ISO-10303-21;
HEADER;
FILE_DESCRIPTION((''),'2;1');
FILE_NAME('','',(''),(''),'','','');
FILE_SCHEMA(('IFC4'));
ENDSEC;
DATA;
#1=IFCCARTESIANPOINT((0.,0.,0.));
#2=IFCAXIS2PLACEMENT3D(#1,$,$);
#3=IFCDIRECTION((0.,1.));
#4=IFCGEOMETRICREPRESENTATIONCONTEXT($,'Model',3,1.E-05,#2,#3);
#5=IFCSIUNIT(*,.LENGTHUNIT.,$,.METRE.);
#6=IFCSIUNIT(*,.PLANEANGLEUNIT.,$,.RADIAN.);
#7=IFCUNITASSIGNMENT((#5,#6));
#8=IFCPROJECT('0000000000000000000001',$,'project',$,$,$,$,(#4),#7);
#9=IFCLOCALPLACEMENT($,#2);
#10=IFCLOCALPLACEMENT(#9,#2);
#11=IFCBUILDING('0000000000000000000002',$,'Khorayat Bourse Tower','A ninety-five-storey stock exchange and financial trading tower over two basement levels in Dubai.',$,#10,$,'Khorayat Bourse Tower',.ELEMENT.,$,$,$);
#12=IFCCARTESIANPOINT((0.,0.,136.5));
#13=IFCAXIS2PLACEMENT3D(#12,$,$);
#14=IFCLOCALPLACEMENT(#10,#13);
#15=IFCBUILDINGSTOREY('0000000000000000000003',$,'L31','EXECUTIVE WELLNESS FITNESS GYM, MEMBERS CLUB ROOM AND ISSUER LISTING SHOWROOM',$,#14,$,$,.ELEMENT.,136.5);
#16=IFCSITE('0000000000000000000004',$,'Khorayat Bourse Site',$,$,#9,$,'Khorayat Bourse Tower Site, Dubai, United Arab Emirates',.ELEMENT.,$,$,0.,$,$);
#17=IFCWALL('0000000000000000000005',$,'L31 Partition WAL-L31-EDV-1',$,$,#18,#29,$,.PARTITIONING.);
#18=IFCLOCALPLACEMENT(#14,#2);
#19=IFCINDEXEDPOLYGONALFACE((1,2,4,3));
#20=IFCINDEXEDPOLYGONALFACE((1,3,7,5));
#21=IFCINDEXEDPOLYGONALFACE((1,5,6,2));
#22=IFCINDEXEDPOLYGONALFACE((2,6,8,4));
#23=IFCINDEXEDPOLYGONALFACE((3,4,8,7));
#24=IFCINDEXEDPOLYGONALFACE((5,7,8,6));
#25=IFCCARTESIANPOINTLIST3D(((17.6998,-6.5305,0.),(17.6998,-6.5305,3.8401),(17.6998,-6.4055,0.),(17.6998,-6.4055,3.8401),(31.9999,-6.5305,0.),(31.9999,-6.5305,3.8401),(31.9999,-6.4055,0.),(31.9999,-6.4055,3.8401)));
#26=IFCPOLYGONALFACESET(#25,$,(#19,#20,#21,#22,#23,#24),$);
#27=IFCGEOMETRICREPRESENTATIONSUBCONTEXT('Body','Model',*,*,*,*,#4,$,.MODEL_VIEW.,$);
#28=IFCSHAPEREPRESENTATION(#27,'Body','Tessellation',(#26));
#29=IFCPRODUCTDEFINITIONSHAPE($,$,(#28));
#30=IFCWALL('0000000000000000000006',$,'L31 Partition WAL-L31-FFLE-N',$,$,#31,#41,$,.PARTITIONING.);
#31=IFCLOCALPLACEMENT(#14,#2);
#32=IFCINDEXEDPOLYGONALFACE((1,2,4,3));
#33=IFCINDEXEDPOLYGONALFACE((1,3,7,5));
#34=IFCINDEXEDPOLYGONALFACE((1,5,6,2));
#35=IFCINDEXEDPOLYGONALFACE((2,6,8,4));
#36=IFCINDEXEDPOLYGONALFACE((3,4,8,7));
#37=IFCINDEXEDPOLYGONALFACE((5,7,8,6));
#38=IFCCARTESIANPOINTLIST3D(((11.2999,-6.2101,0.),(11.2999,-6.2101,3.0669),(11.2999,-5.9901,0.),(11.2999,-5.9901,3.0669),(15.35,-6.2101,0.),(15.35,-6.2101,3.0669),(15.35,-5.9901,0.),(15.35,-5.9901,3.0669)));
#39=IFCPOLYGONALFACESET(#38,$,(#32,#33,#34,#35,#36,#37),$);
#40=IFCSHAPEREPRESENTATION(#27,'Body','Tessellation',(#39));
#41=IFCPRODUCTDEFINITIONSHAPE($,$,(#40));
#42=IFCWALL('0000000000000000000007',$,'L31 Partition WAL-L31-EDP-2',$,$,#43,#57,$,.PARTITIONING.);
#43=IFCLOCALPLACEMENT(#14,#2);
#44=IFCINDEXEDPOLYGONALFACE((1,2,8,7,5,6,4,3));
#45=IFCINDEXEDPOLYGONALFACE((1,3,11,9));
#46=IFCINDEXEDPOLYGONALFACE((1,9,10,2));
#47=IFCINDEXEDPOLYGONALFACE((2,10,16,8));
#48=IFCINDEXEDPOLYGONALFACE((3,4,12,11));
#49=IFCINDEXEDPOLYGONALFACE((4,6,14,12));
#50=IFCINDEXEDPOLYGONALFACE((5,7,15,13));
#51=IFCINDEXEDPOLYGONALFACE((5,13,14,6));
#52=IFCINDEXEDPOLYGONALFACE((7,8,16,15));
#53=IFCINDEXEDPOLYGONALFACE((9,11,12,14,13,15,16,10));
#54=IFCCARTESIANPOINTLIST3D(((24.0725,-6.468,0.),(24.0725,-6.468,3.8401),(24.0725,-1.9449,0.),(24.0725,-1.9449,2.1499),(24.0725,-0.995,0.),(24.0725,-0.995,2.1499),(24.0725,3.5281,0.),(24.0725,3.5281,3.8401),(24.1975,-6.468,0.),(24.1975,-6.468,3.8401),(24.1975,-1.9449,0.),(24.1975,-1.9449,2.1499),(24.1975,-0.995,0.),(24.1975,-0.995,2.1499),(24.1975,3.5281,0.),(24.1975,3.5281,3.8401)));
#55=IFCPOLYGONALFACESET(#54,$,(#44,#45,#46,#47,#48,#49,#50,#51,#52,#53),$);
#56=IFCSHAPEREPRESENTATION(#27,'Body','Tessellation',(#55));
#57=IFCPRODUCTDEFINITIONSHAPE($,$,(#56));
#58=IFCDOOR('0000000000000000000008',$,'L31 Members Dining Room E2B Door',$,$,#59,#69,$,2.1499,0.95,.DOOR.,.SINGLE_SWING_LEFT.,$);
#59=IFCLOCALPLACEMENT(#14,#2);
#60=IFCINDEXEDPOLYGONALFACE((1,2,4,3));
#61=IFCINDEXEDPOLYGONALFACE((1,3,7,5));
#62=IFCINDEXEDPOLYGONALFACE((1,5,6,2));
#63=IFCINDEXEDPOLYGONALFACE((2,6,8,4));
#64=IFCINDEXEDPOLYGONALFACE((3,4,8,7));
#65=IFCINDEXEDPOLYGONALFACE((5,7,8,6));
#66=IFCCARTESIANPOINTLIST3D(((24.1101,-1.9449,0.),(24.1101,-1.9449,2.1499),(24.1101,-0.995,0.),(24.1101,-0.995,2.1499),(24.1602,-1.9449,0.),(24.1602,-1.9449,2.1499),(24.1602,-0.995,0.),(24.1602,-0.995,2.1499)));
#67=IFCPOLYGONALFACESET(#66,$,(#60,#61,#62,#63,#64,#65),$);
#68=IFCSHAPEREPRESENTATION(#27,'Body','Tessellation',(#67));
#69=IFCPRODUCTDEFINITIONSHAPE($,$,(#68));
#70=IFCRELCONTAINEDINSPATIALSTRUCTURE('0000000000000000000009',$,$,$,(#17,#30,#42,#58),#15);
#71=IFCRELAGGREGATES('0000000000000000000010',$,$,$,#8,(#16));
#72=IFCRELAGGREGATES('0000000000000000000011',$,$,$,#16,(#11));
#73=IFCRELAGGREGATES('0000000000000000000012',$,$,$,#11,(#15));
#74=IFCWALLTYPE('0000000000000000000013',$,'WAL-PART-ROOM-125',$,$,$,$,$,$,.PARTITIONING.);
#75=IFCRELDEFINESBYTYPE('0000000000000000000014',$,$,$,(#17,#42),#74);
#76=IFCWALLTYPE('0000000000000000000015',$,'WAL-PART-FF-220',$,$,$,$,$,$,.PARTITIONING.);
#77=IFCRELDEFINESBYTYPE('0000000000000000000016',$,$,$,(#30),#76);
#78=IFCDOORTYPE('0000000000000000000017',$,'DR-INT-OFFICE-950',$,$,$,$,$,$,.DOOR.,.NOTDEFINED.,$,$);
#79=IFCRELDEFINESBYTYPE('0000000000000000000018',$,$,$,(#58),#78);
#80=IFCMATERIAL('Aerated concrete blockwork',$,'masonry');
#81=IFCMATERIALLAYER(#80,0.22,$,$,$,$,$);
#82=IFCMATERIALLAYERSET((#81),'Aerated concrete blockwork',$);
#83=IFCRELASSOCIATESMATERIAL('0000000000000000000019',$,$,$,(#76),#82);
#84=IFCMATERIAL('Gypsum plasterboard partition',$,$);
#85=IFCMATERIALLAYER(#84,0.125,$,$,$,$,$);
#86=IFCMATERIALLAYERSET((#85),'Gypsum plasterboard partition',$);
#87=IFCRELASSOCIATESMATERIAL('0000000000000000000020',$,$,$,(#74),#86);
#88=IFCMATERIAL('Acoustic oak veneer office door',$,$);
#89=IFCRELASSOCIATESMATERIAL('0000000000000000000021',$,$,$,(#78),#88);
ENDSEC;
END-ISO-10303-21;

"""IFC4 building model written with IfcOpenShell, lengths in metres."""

from ifc_helpers import new_model, si_unit, direction, frame, frame_2d, origin, place, context, subcontext, project, spatial, rectangle, extrude, source, transform, mapped, material, layer, layer_set, type_object, element, fill, save


model = new_model("IFC4")

# Units and contexts
model_context = context("Model", 3, precision=1e-05, world=origin(), true_north=direction((0.0, 1.0)))
body_context = subcontext(model_context, "Body", "Model", "MODEL_VIEW")
ifc_project = project(units=[si_unit("LENGTHUNIT", "METRE"), si_unit("PLANEANGLEUNIT", "RADIAN")], contexts=[model_context])

# Site, building, storey
site_placement = place(None, origin())
site = spatial("IfcSite", under=ifc_project, at=site_placement, Name="Khorayat Bourse Site", LongName="Khorayat Bourse Tower Site, Dubai, United Arab Emirates", CompositionType="ELEMENT", RefElevation=0.0)
building_placement = place(site_placement, origin())
building = spatial("IfcBuilding", under=site, at=building_placement, Name="Khorayat Bourse Tower", Description="A ninety-five-storey stock exchange and financial trading tower over two basement levels in Dubai.", LongName="Khorayat Bourse Tower", CompositionType="ELEMENT")
storey_placement = place(building_placement, frame((0.0, 0.0, 136.5)))
storey = spatial("IfcBuildingStorey", under=building, at=storey_placement, Name="L31", Description="EXECUTIVE WELLNESS FITNESS GYM, MEMBERS CLUB ROOM AND ISSUER LISTING SHOWROOM", CompositionType="ELEMENT", Elevation=136.5)

# Shared definitions
ifc_material_1 = material(Name="Aerated concrete blockwork", Category="masonry")
ifc_layer_1 = layer(ifc_material_1, 0.22)
ifc_layer_set_1 = layer_set([ifc_layer_1], Name="Aerated concrete blockwork")
wall_type_1 = type_object("IfcWallType", Name="WAL-PART-FF-220", PredefinedType="PARTITIONING", material=ifc_layer_set_1)

# Walls
ifc_material_2 = material(Name="Gypsum plasterboard partition")
ifc_layer_2 = layer(ifc_material_2, 0.125)
ifc_layer_set_2 = layer_set([ifc_layer_2], Name="Gypsum plasterboard partition")
wall_type_2 = type_object("IfcWallType", Name="WAL-PART-ROOM-125", PredefinedType="PARTITIONING", material=ifc_layer_set_2)
shared_shape_1 = source(origin(), body_context, "Body", "SweptSolid", [
    extrude(rectangle(XDim=14.3, YDim=0.125, at=frame_2d((7.1499, 0.0))), origin(), (0.0, 0.0, 1.0), 3.8401),
])
wall_1_placement = place(storey_placement, frame((17.7, -6.468, 0.0), z_axis=(0.0, 0.0, 1.0), x_axis=(1.0, 0.0, 0.0)))
element("IfcWall", 1, at=wall_1_placement, inside=storey, type_object=wall_type_2, Name="L31 Partition WAL-L31-EDV-1", PredefinedType="PARTITIONING", context=body_context, shape_type="MappedRepresentation", body=[
    mapped(shared_shape_1, transform((0.0, 0.0, 0.0), scale=1.0)),
])
shared_shape_2 = source(origin(), body_context, "Body", "SweptSolid", [
    extrude(rectangle(XDim=4.05, YDim=0.22, at=frame_2d((2.0249, 0.0))), origin(), (0.0, 0.0, 1.0), 3.0669),
])
wall_2_placement = place(storey_placement, frame((11.3, -6.1001, 0.0), z_axis=(0.0, 0.0, 1.0), x_axis=(1.0, 0.0, 0.0)))
element("IfcWall", 2, at=wall_2_placement, inside=storey, type_object=wall_type_1, Name="L31 Partition WAL-L31-FFLE-N", PredefinedType="PARTITIONING", context=body_context, shape_type="MappedRepresentation", body=[
    mapped(shared_shape_2, transform((0.0, 0.0, 0.0), scale=1.0)),
])

# Wall, opening, door
shared_shape_3 = source(origin(), body_context, "Body", "SweptSolid", [
    extrude(rectangle(XDim=9.9961, YDim=0.125, at=frame_2d((4.998, 0.0))), origin(), (0.0, 0.0, 1.0), 3.8401),
])
wall_3_placement = place(storey_placement, frame((24.135, -6.468, 0.0), z_axis=(0.0, 0.0, 1.0), x_axis=(0.0, 1.0, 0.0)))
wall_3 = element("IfcWall", 3, at=wall_3_placement, inside=storey, type_object=wall_type_2, Name="L31 Partition WAL-L31-EDP-2", PredefinedType="PARTITIONING", context=body_context, shape_type="MappedRepresentation", body=[
    mapped(shared_shape_3, transform((0.0, 0.0, 0.0), scale=1.0)),
])
shared_shape_4 = source(origin(), body_context, "Body", "SweptSolid", [
    extrude(rectangle(XDim=0.95, YDim=2.1499, at=frame_2d((0.4751, 1.075))), frame((0.0, 0.0725, 0.0), z_axis=(0.0, -1.0, 0.0), x_axis=(1.0, 0.0, 0.0)), (0.0, 0.0, 1.0), 0.145),
])
opening_1_placement = place(wall_3_placement, frame((4.5229, 0.0, 0.0)))
opening_1 = element("IfcOpeningElement", 4, at=opening_1_placement, cuts=wall_3, PredefinedType="OPENING", context=body_context, shape_type="MappedRepresentation", body=[
    mapped(shared_shape_4, transform((0.0, 0.0, 0.0), scale=1.0)),
])
ifc_material_3 = material(Name="Acoustic oak veneer office door")
door_type_1 = type_object("IfcDoorType", Name="DR-INT-OFFICE-950", OperationType="NOTDEFINED", PredefinedType="DOOR", material=ifc_material_3)
shared_shape_5 = source(origin(), body_context, "Body", "SweptSolid", [
    extrude(rectangle(XDim=0.95, YDim=2.1499, at=frame_2d((0.4751, 1.075))), frame((0.0, 0.0249, 0.0), z_axis=(0.0, -1.0, 0.0), x_axis=(1.0, 0.0, 0.0)), (0.0, 0.0, 1.0), 0.05),
])
door_1_placement = place(opening_1_placement, origin())
door_1 = element("IfcDoor", 5, at=door_1_placement, inside=storey, type_object=door_type_1, Name="L31 Members Dining Room E2B Door", OperationType="SINGLE_SWING_LEFT", OverallHeight=2.1499, OverallWidth=0.95, PredefinedType="DOOR", context=body_context, shape_type="MappedRepresentation", body=[
    mapped(shared_shape_5, transform((0.0, 0.0, 0.0), scale=1.0)),
])
fill(opening_1, door_1)

save(model, "model.ifc")
